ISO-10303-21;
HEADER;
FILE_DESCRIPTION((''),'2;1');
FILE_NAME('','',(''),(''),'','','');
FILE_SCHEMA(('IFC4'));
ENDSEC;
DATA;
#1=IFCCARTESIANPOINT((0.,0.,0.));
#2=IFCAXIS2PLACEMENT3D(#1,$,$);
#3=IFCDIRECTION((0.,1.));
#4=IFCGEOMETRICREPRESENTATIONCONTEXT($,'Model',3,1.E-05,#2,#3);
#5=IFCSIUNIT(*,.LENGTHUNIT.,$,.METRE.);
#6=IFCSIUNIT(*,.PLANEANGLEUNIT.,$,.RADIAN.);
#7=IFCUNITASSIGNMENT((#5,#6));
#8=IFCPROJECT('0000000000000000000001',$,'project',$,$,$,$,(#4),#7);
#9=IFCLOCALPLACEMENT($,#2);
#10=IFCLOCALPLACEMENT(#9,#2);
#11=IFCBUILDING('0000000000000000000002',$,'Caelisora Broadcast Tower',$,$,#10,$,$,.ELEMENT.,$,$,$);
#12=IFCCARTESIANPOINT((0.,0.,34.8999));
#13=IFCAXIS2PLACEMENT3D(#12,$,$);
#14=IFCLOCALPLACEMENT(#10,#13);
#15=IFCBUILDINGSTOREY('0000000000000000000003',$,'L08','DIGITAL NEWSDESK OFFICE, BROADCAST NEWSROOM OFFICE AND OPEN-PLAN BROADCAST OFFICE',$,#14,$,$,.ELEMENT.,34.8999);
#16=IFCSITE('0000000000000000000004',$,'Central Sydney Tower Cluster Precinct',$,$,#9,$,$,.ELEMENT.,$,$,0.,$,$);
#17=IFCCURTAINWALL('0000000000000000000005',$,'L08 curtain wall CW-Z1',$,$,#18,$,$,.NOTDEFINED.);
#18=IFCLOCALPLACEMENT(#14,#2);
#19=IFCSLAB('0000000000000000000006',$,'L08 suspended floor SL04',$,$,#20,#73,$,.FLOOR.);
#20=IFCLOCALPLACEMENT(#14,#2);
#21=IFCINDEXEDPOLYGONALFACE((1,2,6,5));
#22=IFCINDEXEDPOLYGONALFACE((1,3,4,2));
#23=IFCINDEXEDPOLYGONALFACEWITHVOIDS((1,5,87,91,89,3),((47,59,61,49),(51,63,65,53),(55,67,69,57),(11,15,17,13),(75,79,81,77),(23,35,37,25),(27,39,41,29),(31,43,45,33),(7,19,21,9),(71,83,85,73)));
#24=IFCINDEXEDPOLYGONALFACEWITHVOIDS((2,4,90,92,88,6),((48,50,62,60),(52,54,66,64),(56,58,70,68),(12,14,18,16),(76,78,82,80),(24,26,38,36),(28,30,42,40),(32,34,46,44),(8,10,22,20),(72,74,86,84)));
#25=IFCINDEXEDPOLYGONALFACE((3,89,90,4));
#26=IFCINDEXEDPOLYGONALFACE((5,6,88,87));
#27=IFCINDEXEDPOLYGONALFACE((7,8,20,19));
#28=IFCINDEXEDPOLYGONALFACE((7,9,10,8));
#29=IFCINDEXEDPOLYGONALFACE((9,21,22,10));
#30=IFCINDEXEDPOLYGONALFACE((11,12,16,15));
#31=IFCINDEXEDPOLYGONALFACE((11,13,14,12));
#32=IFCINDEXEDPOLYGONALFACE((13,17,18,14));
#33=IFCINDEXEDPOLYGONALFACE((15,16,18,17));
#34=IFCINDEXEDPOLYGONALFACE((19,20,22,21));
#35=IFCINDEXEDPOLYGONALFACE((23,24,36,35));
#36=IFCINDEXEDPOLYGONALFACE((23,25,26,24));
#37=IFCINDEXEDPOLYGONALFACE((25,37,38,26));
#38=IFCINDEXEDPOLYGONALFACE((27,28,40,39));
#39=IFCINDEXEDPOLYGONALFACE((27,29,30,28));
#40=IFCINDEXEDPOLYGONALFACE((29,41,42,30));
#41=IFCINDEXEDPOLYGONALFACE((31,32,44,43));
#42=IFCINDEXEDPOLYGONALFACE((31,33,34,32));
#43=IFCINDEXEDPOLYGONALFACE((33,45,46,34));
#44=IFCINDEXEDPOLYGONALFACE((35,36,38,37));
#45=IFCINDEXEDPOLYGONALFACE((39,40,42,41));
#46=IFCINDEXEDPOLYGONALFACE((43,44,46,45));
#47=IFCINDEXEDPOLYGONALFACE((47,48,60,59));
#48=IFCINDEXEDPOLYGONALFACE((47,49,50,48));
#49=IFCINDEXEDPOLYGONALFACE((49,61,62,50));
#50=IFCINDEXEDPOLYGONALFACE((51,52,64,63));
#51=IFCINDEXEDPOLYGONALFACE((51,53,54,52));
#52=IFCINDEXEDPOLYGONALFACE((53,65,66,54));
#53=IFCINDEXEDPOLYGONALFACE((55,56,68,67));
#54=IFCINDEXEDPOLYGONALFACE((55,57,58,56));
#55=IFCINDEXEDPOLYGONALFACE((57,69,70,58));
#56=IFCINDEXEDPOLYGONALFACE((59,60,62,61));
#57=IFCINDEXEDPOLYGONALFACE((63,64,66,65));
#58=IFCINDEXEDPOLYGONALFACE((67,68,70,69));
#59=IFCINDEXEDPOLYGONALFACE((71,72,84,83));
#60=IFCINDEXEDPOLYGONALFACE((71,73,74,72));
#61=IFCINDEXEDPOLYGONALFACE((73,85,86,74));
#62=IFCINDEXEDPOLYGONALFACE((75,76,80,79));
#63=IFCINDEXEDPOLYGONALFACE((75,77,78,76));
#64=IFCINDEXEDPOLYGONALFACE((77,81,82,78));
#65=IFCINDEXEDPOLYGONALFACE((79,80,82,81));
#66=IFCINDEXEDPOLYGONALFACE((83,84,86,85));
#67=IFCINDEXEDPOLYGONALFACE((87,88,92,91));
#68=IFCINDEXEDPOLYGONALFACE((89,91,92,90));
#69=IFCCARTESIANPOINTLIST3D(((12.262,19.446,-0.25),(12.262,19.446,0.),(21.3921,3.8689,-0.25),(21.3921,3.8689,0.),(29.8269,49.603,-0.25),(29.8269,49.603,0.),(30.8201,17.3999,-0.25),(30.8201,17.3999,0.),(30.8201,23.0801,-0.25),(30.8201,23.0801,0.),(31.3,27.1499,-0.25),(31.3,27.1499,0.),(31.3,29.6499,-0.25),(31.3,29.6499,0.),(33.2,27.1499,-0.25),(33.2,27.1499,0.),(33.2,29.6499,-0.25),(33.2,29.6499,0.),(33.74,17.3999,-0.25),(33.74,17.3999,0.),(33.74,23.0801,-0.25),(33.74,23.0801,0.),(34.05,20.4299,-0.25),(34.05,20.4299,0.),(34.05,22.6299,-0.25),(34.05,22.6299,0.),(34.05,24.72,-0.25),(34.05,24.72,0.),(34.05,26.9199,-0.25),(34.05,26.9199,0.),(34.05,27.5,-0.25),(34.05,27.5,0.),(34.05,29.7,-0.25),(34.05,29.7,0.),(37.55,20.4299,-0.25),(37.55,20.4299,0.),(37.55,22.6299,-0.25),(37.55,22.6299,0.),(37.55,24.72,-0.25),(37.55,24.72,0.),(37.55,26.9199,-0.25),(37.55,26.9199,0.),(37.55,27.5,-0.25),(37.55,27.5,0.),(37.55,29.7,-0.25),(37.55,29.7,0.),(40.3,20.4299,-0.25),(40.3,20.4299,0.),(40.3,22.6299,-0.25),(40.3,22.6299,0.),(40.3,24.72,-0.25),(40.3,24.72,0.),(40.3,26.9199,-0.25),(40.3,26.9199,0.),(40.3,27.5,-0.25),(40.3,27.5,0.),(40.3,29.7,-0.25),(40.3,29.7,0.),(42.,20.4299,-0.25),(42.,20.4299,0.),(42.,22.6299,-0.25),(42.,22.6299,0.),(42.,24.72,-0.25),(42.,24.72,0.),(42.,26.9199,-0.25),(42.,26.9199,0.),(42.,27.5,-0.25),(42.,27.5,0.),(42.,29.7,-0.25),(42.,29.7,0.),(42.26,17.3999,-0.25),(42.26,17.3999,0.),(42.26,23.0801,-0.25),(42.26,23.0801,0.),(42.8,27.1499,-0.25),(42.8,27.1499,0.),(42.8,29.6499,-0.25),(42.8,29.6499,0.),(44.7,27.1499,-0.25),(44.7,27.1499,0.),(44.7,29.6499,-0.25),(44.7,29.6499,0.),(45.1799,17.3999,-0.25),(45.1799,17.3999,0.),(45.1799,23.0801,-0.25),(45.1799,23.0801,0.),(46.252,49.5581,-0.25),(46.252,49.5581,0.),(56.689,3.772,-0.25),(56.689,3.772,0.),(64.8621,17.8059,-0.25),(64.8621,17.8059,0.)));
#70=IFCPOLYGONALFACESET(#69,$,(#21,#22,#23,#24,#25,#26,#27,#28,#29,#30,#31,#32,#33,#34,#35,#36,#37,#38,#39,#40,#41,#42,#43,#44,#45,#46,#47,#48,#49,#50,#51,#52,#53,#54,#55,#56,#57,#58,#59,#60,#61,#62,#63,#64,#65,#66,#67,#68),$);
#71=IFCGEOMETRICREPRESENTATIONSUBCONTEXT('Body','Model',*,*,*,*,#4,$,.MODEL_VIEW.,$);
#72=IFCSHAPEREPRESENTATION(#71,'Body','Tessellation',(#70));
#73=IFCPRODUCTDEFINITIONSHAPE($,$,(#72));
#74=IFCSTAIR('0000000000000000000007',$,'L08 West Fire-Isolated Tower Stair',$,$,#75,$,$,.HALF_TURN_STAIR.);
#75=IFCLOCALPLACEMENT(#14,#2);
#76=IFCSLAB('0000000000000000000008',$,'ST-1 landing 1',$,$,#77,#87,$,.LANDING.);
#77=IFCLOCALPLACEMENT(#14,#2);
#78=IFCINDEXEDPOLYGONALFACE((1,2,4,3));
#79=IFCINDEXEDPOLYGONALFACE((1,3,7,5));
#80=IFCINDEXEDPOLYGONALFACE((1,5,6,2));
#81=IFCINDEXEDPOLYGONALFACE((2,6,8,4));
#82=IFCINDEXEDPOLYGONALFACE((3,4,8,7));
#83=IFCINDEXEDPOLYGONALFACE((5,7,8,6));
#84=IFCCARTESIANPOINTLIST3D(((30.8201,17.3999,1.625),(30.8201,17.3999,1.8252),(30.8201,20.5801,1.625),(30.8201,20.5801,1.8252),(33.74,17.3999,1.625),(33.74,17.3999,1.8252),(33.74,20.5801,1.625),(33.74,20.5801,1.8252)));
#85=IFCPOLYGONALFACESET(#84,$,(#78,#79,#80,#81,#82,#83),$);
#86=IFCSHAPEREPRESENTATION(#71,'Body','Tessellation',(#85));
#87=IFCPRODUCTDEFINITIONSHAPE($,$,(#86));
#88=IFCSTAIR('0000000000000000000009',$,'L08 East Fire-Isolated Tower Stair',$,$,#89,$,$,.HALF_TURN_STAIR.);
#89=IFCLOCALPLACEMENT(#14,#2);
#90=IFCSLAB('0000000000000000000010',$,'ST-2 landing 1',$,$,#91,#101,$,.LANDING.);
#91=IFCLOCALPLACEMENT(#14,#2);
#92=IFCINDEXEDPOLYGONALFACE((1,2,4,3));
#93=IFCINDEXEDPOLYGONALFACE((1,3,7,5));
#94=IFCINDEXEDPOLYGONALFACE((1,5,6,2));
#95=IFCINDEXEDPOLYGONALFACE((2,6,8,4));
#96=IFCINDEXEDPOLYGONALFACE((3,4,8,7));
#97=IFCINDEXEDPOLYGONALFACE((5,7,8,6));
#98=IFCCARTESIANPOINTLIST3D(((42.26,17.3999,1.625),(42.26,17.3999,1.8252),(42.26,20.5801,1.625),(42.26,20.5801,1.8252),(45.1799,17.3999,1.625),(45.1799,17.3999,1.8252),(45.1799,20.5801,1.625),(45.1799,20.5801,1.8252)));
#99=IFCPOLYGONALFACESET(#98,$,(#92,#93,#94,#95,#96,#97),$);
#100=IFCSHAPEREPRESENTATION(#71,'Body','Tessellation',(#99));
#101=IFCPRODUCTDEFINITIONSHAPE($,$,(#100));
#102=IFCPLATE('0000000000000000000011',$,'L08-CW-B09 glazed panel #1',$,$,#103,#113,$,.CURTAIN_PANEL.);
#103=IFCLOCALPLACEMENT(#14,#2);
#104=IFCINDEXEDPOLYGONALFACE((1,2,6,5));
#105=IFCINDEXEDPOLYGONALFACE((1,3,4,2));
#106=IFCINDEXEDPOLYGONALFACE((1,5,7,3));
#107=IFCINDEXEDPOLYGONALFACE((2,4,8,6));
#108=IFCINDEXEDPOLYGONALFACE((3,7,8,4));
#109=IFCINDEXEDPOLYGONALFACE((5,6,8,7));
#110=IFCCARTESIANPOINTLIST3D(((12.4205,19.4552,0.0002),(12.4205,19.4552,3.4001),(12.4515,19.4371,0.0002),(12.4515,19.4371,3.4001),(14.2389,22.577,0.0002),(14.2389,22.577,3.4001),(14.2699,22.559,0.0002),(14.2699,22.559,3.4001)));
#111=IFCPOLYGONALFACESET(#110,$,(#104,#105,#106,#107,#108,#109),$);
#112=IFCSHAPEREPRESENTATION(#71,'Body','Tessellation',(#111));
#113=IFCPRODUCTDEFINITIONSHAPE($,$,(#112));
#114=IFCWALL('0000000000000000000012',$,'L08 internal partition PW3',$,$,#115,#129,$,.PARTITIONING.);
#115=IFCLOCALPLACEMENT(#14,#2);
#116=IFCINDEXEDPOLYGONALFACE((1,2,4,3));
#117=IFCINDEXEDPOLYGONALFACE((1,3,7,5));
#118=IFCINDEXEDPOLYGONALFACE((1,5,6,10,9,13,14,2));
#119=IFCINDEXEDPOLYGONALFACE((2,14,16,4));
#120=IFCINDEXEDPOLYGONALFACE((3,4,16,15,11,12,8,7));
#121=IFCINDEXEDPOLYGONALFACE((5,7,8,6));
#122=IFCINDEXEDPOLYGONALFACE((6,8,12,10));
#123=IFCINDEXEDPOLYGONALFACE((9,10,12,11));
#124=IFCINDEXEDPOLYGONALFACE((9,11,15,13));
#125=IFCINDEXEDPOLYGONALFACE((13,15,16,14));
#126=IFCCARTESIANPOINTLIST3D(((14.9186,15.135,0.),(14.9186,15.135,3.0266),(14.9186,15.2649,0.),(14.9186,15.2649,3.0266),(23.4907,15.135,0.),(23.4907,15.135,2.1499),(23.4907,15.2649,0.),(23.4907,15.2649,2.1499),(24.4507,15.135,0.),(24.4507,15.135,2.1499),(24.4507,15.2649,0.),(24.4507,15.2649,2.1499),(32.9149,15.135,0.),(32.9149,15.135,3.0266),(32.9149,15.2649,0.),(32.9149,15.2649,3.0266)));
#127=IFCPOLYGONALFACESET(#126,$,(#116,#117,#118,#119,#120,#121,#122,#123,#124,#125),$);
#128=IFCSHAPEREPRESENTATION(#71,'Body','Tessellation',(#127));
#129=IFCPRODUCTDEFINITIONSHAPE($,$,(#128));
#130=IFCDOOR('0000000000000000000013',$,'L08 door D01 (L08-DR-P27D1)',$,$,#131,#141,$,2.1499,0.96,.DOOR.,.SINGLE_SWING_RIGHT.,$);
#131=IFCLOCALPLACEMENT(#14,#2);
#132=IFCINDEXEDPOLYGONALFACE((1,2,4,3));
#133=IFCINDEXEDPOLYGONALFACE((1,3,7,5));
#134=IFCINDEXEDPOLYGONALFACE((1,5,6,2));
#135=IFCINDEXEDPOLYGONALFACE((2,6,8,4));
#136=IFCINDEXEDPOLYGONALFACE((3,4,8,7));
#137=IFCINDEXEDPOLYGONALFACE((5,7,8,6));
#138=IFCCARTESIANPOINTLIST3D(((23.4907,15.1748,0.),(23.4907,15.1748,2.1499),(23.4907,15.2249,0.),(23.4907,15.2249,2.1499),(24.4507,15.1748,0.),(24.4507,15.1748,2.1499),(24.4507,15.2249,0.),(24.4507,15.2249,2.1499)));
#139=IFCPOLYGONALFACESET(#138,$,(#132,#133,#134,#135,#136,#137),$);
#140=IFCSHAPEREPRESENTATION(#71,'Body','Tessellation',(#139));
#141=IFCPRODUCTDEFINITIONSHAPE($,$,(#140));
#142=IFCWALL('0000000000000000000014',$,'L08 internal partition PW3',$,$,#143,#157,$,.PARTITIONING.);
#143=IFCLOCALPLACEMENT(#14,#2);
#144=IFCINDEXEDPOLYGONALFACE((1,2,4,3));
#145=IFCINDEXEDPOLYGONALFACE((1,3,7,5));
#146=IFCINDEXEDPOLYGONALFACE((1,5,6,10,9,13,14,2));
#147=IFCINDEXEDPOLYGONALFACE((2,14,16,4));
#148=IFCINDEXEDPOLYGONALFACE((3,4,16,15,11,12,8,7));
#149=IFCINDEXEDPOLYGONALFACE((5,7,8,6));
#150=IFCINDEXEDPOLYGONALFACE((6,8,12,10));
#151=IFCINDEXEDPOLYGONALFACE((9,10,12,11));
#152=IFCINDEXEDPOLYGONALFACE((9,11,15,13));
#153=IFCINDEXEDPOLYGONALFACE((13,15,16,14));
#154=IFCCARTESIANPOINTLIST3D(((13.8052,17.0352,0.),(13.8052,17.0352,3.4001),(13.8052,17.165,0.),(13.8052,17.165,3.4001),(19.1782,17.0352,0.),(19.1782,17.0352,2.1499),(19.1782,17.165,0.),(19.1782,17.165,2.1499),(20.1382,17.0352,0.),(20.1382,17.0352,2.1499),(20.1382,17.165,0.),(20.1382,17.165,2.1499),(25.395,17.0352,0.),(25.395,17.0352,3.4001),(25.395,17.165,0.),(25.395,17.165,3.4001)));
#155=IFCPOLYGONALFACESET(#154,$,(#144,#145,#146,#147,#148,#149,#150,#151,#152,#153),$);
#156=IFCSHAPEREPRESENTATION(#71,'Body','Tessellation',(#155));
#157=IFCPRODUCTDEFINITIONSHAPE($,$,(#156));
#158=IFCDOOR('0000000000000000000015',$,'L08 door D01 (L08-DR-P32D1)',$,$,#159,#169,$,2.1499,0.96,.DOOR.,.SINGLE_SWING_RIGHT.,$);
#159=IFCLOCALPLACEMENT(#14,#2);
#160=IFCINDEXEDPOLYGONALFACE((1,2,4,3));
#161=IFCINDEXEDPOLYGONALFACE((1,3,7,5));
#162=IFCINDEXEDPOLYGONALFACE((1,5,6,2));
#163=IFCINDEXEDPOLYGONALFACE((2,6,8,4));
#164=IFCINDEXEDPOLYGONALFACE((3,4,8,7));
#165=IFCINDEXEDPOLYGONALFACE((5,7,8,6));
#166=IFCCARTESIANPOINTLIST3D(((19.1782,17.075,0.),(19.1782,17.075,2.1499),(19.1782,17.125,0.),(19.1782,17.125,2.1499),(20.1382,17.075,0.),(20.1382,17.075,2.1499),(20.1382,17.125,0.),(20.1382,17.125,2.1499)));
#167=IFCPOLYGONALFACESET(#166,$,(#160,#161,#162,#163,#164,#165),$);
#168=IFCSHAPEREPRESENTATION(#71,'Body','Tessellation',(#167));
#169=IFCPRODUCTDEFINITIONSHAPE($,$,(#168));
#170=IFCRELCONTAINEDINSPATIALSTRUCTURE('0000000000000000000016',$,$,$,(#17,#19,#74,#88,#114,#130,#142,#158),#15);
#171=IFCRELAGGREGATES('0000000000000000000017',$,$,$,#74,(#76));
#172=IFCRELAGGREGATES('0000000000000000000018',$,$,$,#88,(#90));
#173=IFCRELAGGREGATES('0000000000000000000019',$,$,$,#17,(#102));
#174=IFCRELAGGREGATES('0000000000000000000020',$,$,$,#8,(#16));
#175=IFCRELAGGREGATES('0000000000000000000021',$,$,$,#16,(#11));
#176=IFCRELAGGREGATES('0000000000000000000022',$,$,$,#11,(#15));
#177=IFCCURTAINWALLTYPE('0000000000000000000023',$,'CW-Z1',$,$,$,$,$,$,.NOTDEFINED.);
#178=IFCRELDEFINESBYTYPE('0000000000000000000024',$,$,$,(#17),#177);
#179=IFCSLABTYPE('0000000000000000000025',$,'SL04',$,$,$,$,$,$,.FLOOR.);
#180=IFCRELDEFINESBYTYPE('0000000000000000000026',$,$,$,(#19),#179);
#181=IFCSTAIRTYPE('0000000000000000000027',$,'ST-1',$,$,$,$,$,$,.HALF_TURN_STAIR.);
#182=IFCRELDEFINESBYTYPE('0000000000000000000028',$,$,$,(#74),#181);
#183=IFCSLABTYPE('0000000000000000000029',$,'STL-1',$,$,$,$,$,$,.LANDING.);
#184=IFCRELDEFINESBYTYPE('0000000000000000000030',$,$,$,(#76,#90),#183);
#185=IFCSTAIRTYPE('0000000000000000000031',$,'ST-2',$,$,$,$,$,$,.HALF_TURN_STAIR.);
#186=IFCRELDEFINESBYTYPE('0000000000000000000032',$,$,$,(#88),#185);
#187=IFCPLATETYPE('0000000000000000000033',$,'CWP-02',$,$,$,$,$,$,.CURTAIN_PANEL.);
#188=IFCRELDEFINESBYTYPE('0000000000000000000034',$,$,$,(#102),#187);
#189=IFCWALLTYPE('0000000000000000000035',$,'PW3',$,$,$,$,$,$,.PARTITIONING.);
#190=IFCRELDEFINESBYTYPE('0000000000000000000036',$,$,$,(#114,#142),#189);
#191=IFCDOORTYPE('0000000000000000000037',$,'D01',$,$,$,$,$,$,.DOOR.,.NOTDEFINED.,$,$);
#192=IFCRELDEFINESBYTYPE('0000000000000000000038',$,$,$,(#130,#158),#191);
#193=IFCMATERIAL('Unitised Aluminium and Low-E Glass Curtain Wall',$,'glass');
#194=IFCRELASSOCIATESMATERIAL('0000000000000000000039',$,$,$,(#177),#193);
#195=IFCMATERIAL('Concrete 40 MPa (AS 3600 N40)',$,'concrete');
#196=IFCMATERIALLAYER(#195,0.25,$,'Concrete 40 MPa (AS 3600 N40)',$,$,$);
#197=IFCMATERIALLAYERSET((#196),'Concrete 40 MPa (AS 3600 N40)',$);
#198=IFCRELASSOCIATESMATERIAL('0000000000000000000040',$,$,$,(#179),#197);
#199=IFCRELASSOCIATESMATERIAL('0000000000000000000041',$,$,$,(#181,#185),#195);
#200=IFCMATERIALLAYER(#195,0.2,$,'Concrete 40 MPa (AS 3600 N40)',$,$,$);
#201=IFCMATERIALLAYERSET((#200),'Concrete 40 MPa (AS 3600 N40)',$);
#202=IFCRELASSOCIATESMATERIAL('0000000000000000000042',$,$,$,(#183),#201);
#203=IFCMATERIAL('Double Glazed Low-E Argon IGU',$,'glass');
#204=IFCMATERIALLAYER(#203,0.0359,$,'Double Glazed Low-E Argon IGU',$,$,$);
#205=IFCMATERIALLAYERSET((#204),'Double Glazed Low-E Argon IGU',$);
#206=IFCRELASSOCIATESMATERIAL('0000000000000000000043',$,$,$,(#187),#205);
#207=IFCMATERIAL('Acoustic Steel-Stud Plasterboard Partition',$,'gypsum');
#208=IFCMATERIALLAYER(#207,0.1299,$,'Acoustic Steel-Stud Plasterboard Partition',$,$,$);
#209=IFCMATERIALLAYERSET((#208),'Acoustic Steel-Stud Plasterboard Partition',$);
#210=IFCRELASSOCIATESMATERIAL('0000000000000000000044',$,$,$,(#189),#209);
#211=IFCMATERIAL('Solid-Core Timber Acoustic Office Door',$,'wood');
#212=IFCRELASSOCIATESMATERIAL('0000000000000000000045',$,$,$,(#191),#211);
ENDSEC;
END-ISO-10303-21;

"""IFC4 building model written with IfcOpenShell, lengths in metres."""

from ifc_helpers import new_model, si_unit, direction, frame, frame_2d, origin, origin_2d, place, context, subcontext, project, spatial, polyline, rectangle, outline, extrude, source, transform, mapped, material, layer, layer_set, type_object, type_shapes, element, fill, aggregate, save


model = new_model("IFC4")

# Units and contexts
model_context = context("Model", 3, precision=1e-05, world=origin(), true_north=direction((0.0, 1.0)))
body_context = subcontext(model_context, "Body", "Model", "MODEL_VIEW")
ifc_project = project(units=[si_unit("LENGTHUNIT", "METRE"), si_unit("PLANEANGLEUNIT", "RADIAN")], contexts=[model_context])

# Site, building, storey
site_placement = place(None, origin())
site = spatial("IfcSite", under=ifc_project, at=site_placement, Name="Central Sydney Tower Cluster Precinct", CompositionType="ELEMENT", RefElevation=0.0)
building_placement = place(site_placement, origin())
building = spatial("IfcBuilding", under=site, at=building_placement, Name="Caelisora Broadcast Tower", CompositionType="ELEMENT")
storey_placement = place(building_placement, frame((0.0, 0.0, 34.8999)))
storey = spatial("IfcBuildingStorey", under=building, at=storey_placement, Name="L08", Description="DIGITAL NEWSDESK OFFICE, BROADCAST NEWSROOM OFFICE AND OPEN-PLAN BROADCAST OFFICE", CompositionType="ELEMENT", Elevation=34.8999)

# Curtain wall
ifc_material_1 = material(Name="Unitised Aluminium and Low-E Glass Curtain Wall", Category="glass")
curtain_wall_type = type_object("IfcCurtainWallType", Name="CW-Z1", PredefinedType="NOTDEFINED", material=ifc_material_1)
curtain_wall_placement = place(storey_placement, origin())
curtain_wall = element("IfcCurtainWall", 1, at=curtain_wall_placement, inside=storey, type_object=curtain_wall_type, Name="L08 curtain wall CW-Z1", PredefinedType="NOTDEFINED")

# Slab
ifc_material_2 = material(Name="Concrete 40 MPa (AS 3600 N40)", Category="concrete")
ifc_layer_1 = layer(ifc_material_2, 0.25, Name="Concrete 40 MPa (AS 3600 N40)")
ifc_layer_set_1 = layer_set([ifc_layer_1], Name="Concrete 40 MPa (AS 3600 N40)")
slab_type_1 = type_object("IfcSlabType", Name="SL04", PredefinedType="FLOOR", material=ifc_layer_set_1)
slab_1_placement = place(storey_placement, frame((0.0, 0.0, -0.25)))
element("IfcSlab", 2, at=slab_1_placement, inside=storey, type_object=slab_type_1, Name="L08 suspended floor SL04", PredefinedType="FLOOR", context=body_context, shape_type="SweptSolid", body=[
    extrude(outline(polyline([(46.252, 49.5581), (29.8269, 49.603), (12.262, 19.446), (21.3921, 3.8689), (56.689, 3.772), (64.8621, 17.8059), (46.252, 49.5581)]), holes=[polyline([(30.8201, 17.3999), (33.74, 17.3999), (33.74, 23.0801), (30.8201, 23.0801), (30.8201, 17.3999)]), polyline([(42.26, 17.3999), (45.1799, 17.3999), (45.1799, 23.0801), (42.26, 23.0801), (42.26, 17.3999)]), polyline([(42.8, 27.1499), (44.7, 27.1499), (44.7, 29.6499), (42.8, 29.6499), (42.8, 27.1499)]), polyline([(40.3, 20.4299), (42.0, 20.4299), (42.0, 22.6299), (40.3, 22.6299), (40.3, 20.4299)]), polyline([(40.3, 24.72), (42.0, 24.72), (42.0, 26.9199), (40.3, 26.9199), (40.3, 24.72)]), polyline([(40.3, 27.5), (42.0, 27.5), (42.0, 29.7), (40.3, 29.7), (40.3, 27.5)]), polyline([(34.05, 20.4299), (37.55, 20.4299), (37.55, 22.6299), (34.05, 22.6299), (34.05, 20.4299)]), polyline([(34.05, 24.72), (37.55, 24.72), (37.55, 26.9199), (34.05, 26.9199), (34.05, 24.72)]), polyline([(34.05, 27.5), (37.55, 27.5), (37.55, 29.7), (34.05, 29.7), (34.05, 27.5)]), polyline([(31.3, 27.1499), (33.2, 27.1499), (33.2, 29.6499), (31.3, 29.6499), (31.3, 27.1499)])]), origin(), (0.0, 0.0, 1.0), 0.25),
])

# Stairs, slabs
stair_type_1 = type_object("IfcStairType", Name="ST-1", PredefinedType="HALF_TURN_STAIR", material=ifc_material_2)
stair_1_placement = place(storey_placement, origin())
stair_1 = element("IfcStair", 3, at=stair_1_placement, inside=storey, type_object=stair_type_1, Name="L08 West Fire-Isolated Tower Stair", PredefinedType="HALF_TURN_STAIR")
ifc_layer_2 = layer(ifc_material_2, 0.2, Name="Concrete 40 MPa (AS 3600 N40)")
ifc_layer_set_2 = layer_set([ifc_layer_2], Name="Concrete 40 MPa (AS 3600 N40)")
slab_type_2 = type_object("IfcSlabType", Name="STL-1", PredefinedType="LANDING", material=ifc_layer_set_2)
slab_2_placement = place(storey_placement, frame((0.0, 0.0, 1.625)))
slab_2 = element("IfcSlab", 4, at=slab_2_placement, type_object=slab_type_2, Name="ST-1 landing 1", PredefinedType="LANDING", context=body_context, shape_type="SweptSolid", body=[
    extrude(outline(polyline([(30.8201, 20.5801), (30.8201, 17.3999), (33.74, 17.3999), (33.74, 20.5801), (30.8201, 20.5801)])), origin(), (0.0, 0.0, 1.0), 0.2002),
])
aggregate(stair_1, [slab_2])
stair_type_2 = type_object("IfcStairType", Name="ST-2", PredefinedType="HALF_TURN_STAIR", material=ifc_material_2)
stair_2_placement = place(storey_placement, origin())
stair_2 = element("IfcStair", 5, at=stair_2_placement, inside=storey, type_object=stair_type_2, Name="L08 East Fire-Isolated Tower Stair", PredefinedType="HALF_TURN_STAIR")
slab_3_placement = place(storey_placement, frame((0.0, 0.0, 1.625)))
slab_3 = element("IfcSlab", 6, at=slab_3_placement, type_object=slab_type_2, Name="ST-2 landing 1", PredefinedType="LANDING", context=body_context, shape_type="SweptSolid", body=[
    extrude(outline(polyline([(42.26, 20.5801), (42.26, 17.3999), (45.1799, 17.3999), (45.1799, 20.5801), (42.26, 20.5801)])), origin(), (0.0, 0.0, 1.0), 0.2002),
])
aggregate(stair_2, [slab_3])

# Plate
ifc_material_3 = material(Name="Double Glazed Low-E Argon IGU", Category="glass")
ifc_layer_3 = layer(ifc_material_3, 0.0359, Name="Double Glazed Low-E Argon IGU")
ifc_layer_set_3 = layer_set([ifc_layer_3], Name="Double Glazed Low-E Argon IGU")
plate_type = type_object("IfcPlateType", Name="CWP-02", PredefinedType="CURTAIN_PANEL", material=ifc_layer_set_3)
shared_shape_1 = source(origin(), body_context, "Body", "SweptSolid", [
    extrude(rectangle(XDim=3.6128, YDim=0.0359, at=origin_2d()), origin(), (0.0, 0.0, 1.0), 3.3999),
])
type_shapes(plate_type, [shared_shape_1])
plate_placement = place(storey_placement, frame((13.3452, 21.0071, 0.0002), z_axis=(0.0, 0.0, 1.0), x_axis=(0.503322, 0.864099, 0.0)))
plate = element("IfcPlate", 7, at=plate_placement, type_object=plate_type, Name="L08-CW-B09 glazed panel #1", PredefinedType="CURTAIN_PANEL", context=body_context, shape_type="MappedRepresentation", body=[
    mapped(shared_shape_1, transform((0.0, 0.0, 0.0), scale=1.0)),
])
aggregate(curtain_wall, [plate])

# Walls, openings, doors
ifc_material_4 = material(Name="Acoustic Steel-Stud Plasterboard Partition", Category="gypsum")
ifc_layer_4 = layer(ifc_material_4, 0.1299, Name="Acoustic Steel-Stud Plasterboard Partition")
ifc_layer_set_4 = layer_set([ifc_layer_4], Name="Acoustic Steel-Stud Plasterboard Partition")
wall_type = type_object("IfcWallType", Name="PW3", PredefinedType="PARTITIONING", material=ifc_layer_set_4)
wall_1_placement = place(storey_placement, frame((14.9187, 15.2, 0.0), z_axis=(0.0, 0.0, 1.0), x_axis=(1.0, 0.0, 0.0)))
wall_1 = element("IfcWall", 8, at=wall_1_placement, inside=storey, type_object=wall_type, Name="L08 internal partition PW3", PredefinedType="PARTITIONING", context=body_context, shape_type="SweptSolid", body=[
    extrude(rectangle(XDim=17.9963, YDim=0.1299, at=frame_2d((8.998, 0.0))), origin(), (0.0, 0.0, 1.0), 3.0266),
])
opening_1_placement = place(wall_1_placement, frame((8.572, 0.0, 0.0)))
opening_1 = element("IfcOpeningElement", 9, at=opening_1_placement, cuts=wall_1, PredefinedType="OPENING", context=body_context, shape_type="SweptSolid", body=[
    extrude(rectangle(XDim=0.96, YDim=2.1499, at=frame_2d((0.48, 1.075))), frame((0.0, 0.0769, 0.0), z_axis=(0.0, -1.0, 0.0), x_axis=(1.0, 0.0, 0.0)), (0.0, 0.0, 1.0), 0.1538),
])
ifc_material_5 = material(Name="Solid-Core Timber Acoustic Office Door", Category="wood")
door_type = type_object("IfcDoorType", Name="D01", OperationType="NOTDEFINED", PredefinedType="DOOR", material=ifc_material_5)
door_1_placement = place(opening_1_placement, origin())
door_1 = element("IfcDoor", 10, at=door_1_placement, inside=storey, type_object=door_type, Name="L08 door D01 (L08-DR-P27D1)", OperationType="SINGLE_SWING_RIGHT", OverallHeight=2.1499, OverallWidth=0.96, PredefinedType="DOOR", context=body_context, shape_type="SweptSolid", body=[
    extrude(rectangle(XDim=0.96, YDim=2.1499, at=frame_2d((0.48, 1.075))), frame((0.0, 0.0249, 0.0), z_axis=(0.0, -1.0, 0.0), x_axis=(1.0, 0.0, 0.0)), (0.0, 0.0, 1.0), 0.05),
])
fill(opening_1, door_1)
wall_2_placement = place(storey_placement, frame((13.8052, 17.1001, 0.0), z_axis=(0.0, 0.0, 1.0), x_axis=(1.0, 0.0, 0.0)))
wall_2 = element("IfcWall", 11, at=wall_2_placement, inside=storey, type_object=wall_type, Name="L08 internal partition PW3", PredefinedType="PARTITIONING", context=body_context, shape_type="SweptSolid", body=[
    extrude(rectangle(XDim=11.5898, YDim=0.1299, at=frame_2d((5.7949, 0.0))), origin(), (0.0, 0.0, 1.0), 3.4001),
])
opening_2_placement = place(wall_2_placement, frame((5.373, 0.0, 0.0)))
opening_2 = element("IfcOpeningElement", 12, at=opening_2_placement, cuts=wall_2, PredefinedType="OPENING", context=body_context, shape_type="SweptSolid", body=[
    extrude(rectangle(XDim=0.96, YDim=2.1499, at=frame_2d((0.48, 1.075))), frame((0.0, 0.0769, 0.0), z_axis=(0.0, -1.0, 0.0), x_axis=(1.0, 0.0, 0.0)), (0.0, 0.0, 1.0), 0.1538),
])
door_2_placement = place(opening_2_placement, origin())
door_2 = element("IfcDoor", 13, at=door_2_placement, inside=storey, type_object=door_type, Name="L08 door D01 (L08-DR-P32D1)", OperationType="SINGLE_SWING_RIGHT", OverallHeight=2.1499, OverallWidth=0.96, PredefinedType="DOOR", context=body_context, shape_type="SweptSolid", body=[
    extrude(rectangle(XDim=0.96, YDim=2.1499, at=frame_2d((0.48, 1.075))), frame((0.0, 0.0249, 0.0), z_axis=(0.0, -1.0, 0.0), x_axis=(1.0, 0.0, 0.0)), (0.0, 0.0, 1.0), 0.05),
])
fill(opening_2, door_2)

save(model, "model.ifc")
